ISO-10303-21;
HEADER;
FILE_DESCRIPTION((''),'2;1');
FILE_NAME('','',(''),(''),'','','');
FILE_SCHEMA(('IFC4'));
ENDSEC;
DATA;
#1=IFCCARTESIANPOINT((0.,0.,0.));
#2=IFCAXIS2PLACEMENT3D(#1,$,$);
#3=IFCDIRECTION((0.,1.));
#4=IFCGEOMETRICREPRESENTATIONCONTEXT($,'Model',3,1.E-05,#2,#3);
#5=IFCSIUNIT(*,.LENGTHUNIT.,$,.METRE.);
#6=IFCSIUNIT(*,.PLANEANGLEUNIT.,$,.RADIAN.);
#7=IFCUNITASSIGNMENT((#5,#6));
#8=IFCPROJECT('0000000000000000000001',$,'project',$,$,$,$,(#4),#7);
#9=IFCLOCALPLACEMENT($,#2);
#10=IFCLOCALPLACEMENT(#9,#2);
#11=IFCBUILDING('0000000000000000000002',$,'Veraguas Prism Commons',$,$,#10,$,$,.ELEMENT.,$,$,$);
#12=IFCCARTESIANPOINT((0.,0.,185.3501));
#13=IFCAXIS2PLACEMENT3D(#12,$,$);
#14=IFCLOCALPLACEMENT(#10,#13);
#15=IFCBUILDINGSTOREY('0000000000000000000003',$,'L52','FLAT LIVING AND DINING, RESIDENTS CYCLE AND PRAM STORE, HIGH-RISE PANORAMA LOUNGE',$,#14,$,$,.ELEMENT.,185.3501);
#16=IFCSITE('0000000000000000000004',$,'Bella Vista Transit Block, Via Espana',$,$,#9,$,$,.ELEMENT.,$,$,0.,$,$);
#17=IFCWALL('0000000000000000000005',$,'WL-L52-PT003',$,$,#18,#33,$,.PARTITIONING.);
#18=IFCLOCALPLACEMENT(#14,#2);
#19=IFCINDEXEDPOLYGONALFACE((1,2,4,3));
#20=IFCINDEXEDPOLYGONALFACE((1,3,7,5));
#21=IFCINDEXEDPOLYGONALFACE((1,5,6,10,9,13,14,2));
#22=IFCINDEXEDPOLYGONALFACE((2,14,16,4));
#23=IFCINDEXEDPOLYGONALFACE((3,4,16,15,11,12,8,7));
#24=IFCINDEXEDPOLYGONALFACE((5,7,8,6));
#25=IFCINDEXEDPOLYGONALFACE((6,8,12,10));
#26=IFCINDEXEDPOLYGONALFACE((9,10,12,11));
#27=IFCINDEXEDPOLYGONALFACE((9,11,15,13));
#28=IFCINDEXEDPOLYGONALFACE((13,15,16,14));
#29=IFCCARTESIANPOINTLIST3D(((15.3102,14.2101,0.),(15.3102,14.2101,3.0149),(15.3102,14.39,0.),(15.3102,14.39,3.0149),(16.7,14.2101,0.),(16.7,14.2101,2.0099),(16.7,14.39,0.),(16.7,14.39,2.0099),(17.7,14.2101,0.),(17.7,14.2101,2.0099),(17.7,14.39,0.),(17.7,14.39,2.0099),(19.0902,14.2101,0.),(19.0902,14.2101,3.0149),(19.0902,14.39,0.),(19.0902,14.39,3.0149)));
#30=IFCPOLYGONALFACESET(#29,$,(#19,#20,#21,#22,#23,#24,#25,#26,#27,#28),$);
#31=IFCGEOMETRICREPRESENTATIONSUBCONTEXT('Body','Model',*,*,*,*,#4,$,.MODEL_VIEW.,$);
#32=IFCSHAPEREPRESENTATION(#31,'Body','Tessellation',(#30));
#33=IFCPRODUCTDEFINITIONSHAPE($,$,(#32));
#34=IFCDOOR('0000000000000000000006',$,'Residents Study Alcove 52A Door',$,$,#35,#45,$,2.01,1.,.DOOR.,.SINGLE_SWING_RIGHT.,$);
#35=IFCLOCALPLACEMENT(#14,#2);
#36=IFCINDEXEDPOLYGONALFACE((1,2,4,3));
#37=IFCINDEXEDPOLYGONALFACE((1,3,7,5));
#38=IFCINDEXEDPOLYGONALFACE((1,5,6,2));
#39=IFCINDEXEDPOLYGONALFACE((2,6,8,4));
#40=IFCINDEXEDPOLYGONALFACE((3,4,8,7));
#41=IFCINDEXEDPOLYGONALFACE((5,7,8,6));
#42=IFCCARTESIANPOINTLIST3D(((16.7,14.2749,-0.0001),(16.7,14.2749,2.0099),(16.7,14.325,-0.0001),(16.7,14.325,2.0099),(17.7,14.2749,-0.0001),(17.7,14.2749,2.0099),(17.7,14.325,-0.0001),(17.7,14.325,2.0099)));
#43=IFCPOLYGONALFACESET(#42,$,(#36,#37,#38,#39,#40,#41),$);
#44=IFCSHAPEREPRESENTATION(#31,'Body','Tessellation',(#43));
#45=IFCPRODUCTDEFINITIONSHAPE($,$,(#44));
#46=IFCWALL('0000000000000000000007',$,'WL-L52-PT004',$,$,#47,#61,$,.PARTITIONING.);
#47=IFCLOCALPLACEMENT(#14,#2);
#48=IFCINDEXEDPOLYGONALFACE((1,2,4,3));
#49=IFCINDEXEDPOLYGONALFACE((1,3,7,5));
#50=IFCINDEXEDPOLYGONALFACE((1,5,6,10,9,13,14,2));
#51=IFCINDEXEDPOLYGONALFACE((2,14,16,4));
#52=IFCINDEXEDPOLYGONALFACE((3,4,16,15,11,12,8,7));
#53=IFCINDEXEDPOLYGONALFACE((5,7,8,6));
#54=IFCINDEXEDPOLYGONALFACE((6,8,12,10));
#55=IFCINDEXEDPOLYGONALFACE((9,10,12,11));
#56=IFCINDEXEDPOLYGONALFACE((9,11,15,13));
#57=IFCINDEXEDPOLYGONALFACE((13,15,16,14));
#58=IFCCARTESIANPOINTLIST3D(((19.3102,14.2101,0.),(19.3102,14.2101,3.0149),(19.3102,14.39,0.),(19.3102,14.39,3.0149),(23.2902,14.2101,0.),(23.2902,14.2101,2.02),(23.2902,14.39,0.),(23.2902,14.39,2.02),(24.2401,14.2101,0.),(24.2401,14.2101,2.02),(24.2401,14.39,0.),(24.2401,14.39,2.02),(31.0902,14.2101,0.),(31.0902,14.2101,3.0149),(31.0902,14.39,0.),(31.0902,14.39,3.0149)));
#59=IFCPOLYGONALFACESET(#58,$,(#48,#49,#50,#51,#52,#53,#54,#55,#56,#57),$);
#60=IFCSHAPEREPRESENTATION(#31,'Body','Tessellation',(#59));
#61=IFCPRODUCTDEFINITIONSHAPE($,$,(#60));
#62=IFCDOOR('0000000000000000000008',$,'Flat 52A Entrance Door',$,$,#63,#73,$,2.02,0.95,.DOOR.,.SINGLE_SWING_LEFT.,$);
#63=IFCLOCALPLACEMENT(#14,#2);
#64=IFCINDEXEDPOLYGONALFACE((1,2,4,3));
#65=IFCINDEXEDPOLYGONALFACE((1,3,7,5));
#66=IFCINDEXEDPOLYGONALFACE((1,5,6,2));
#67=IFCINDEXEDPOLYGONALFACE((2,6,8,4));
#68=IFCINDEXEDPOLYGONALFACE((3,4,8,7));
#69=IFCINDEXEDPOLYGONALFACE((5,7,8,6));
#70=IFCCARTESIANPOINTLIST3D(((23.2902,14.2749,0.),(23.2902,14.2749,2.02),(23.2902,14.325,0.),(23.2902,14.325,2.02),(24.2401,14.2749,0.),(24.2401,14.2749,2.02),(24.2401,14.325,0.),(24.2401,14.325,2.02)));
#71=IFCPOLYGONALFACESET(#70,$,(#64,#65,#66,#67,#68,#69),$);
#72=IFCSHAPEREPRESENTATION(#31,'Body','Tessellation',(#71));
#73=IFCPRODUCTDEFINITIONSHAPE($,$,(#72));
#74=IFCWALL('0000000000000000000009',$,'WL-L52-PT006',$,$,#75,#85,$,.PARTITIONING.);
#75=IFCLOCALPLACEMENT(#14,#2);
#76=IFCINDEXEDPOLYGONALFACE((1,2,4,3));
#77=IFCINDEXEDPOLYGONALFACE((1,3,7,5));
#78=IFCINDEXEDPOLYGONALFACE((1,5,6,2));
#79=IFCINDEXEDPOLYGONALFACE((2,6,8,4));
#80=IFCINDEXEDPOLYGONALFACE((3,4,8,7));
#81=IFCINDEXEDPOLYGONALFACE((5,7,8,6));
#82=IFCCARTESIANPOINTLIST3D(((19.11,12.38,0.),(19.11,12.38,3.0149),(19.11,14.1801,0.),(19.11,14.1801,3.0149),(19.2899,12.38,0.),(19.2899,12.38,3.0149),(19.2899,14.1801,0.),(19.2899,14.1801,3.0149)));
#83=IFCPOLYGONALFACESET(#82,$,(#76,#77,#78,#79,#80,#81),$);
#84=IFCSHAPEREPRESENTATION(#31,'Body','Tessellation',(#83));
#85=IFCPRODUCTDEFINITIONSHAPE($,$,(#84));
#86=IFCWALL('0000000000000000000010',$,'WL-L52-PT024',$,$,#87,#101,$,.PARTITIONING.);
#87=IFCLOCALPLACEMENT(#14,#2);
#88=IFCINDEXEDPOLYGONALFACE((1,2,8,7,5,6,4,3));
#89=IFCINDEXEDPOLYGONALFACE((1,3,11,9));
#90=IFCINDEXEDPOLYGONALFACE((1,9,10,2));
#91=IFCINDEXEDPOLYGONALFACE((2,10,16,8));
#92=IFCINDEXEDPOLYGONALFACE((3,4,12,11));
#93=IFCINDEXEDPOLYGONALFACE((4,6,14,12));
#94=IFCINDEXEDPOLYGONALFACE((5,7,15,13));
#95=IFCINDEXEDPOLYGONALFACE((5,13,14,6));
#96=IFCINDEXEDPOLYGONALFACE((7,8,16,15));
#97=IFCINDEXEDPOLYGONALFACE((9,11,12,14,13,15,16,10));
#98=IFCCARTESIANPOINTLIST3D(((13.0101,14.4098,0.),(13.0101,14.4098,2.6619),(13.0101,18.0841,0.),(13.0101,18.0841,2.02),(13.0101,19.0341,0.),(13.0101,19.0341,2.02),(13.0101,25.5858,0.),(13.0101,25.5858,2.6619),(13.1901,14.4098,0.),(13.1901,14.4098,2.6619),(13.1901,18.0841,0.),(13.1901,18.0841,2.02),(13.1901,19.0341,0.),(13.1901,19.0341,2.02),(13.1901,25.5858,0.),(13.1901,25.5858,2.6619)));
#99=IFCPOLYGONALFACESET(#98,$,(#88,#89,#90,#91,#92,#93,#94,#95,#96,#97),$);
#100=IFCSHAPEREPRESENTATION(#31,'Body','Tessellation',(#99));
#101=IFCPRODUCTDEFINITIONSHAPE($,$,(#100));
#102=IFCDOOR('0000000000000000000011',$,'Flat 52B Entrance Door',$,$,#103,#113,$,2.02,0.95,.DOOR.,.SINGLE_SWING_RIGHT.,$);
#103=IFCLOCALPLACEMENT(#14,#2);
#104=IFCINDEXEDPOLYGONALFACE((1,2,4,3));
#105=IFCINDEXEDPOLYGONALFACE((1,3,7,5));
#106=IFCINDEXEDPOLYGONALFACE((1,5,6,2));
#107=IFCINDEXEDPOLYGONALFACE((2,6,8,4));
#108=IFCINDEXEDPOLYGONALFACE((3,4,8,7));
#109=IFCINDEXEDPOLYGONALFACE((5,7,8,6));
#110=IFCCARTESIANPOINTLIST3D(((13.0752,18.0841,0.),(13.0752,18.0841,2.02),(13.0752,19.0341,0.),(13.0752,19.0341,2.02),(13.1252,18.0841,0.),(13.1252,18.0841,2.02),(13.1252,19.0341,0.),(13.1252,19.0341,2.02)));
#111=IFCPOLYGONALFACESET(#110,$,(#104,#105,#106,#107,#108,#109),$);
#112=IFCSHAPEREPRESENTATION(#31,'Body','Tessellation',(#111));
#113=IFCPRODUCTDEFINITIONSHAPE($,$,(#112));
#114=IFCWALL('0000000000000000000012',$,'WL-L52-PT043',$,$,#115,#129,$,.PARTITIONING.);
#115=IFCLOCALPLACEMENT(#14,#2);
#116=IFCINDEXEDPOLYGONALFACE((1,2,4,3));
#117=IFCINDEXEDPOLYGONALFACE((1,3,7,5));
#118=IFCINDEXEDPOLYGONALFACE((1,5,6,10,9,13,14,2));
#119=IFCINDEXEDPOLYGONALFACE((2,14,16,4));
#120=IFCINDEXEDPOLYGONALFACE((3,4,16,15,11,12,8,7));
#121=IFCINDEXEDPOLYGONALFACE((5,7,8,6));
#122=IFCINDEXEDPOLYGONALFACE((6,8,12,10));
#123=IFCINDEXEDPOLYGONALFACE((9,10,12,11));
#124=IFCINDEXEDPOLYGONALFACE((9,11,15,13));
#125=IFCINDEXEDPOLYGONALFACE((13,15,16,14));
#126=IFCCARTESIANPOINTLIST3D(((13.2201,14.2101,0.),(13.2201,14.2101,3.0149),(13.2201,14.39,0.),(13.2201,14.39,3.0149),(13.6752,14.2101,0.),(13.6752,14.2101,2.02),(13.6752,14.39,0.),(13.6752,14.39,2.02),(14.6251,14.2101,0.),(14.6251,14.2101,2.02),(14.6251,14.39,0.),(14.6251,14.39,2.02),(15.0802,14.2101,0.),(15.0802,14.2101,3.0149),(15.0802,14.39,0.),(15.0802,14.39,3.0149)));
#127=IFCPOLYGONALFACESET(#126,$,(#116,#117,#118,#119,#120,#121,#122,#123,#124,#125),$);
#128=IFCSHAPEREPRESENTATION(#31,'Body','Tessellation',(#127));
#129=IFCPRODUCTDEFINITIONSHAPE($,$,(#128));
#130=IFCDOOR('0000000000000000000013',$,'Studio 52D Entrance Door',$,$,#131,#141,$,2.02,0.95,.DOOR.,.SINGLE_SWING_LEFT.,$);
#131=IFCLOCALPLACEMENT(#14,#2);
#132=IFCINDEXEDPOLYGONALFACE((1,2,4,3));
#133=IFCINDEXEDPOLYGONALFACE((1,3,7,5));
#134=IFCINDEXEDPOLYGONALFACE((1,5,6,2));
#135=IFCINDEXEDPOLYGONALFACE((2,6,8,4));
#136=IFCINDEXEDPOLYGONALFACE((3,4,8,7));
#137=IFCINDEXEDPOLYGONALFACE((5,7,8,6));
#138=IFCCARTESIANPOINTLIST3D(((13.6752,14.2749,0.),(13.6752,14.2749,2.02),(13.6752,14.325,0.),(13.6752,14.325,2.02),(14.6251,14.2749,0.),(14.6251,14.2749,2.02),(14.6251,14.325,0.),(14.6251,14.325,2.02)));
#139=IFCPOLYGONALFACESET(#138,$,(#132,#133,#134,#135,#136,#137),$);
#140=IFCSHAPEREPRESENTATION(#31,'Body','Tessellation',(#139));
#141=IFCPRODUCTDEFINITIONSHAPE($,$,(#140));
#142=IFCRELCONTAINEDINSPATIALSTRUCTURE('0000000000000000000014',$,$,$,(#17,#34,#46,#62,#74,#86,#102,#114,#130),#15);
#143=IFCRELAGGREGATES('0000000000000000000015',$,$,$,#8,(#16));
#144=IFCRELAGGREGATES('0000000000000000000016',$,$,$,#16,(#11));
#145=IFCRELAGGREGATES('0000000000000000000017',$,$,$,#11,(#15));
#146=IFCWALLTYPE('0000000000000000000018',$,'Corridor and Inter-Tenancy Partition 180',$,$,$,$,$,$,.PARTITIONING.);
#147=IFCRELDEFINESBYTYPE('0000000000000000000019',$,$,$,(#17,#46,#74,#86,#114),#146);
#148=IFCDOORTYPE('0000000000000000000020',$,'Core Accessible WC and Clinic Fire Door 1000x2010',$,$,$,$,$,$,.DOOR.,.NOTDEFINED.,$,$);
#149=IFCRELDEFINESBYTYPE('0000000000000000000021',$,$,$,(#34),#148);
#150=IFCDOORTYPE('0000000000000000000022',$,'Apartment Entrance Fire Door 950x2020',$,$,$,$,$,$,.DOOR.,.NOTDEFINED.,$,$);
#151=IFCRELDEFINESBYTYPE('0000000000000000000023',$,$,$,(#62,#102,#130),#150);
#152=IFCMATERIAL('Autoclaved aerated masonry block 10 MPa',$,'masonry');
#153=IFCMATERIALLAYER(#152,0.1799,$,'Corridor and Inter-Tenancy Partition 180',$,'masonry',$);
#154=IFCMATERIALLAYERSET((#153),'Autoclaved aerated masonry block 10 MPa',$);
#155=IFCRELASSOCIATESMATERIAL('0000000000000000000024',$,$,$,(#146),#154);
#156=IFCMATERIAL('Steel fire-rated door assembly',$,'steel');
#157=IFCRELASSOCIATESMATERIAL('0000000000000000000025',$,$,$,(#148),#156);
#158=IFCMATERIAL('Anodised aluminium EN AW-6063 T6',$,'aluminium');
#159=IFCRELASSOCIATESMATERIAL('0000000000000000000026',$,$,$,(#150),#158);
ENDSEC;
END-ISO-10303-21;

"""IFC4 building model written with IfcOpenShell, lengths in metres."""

from ifc_helpers import new_model, si_unit, direction, frame, frame_2d, origin, place, context, subcontext, project, spatial, rectangle, extrude, source, transform, mapped, material, layer, layer_set, type_object, element, fill, save


model = new_model("IFC4")

# Units and contexts
model_context = context("Model", 3, precision=1e-05, world=origin(), true_north=direction((0.0, 1.0)))
body_context = subcontext(model_context, "Body", "Model", "MODEL_VIEW")
ifc_project = project(units=[si_unit("LENGTHUNIT", "METRE"), si_unit("PLANEANGLEUNIT", "RADIAN")], contexts=[model_context])

# Site, building, storey
site_placement = place(None, origin())
site = spatial("IfcSite", under=ifc_project, at=site_placement, Name="Bella Vista Transit Block, Via Espana", CompositionType="ELEMENT", RefElevation=0.0)
building_placement = place(site_placement, origin())
building = spatial("IfcBuilding", under=site, at=building_placement, Name="Veraguas Prism Commons", CompositionType="ELEMENT")
storey_placement = place(building_placement, frame((0.0, 0.0, 185.3501)))
storey = spatial("IfcBuildingStorey", under=building, at=storey_placement, Name="L52", Description="FLAT LIVING AND DINING, RESIDENTS CYCLE AND PRAM STORE, HIGH-RISE PANORAMA LOUNGE", CompositionType="ELEMENT", Elevation=185.3501)

# Shared definitions
ifc_material_1 = material(Name="Steel fire-rated door assembly", Category="steel")

# Shared definitions
ifc_material_2 = material(Name="Autoclaved aerated masonry block 10 MPa", Category="masonry")
ifc_layer_1 = layer(ifc_material_2, 0.1799, Name="Corridor and Inter-Tenancy Partition 180", Category="masonry")
ifc_layer_set_1 = layer_set([ifc_layer_1], Name="Autoclaved aerated masonry block 10 MPa")
wall_type_1 = type_object("IfcWallType", Name="Corridor and Inter-Tenancy Partition 180", PredefinedType="PARTITIONING", material=ifc_layer_set_1)

# Walls, openings, doors
wall_1_placement = place(storey_placement, frame((15.3101, 14.3, 0.0), z_axis=(0.0, 0.0, 1.0), x_axis=(1.0, 0.0, 0.0)))
wall_1 = element("IfcWall", 1, at=wall_1_placement, inside=storey, type_object=wall_type_1, Name="WL-L52-PT003", PredefinedType="PARTITIONING", context=body_context, shape_type="SweptSolid", body=[
    extrude(rectangle(XDim=3.78, YDim=0.1799, at=frame_2d((1.8901, 0.0))), origin(), (0.0, 0.0, 1.0), 3.0149),
])
opening_1_placement = place(wall_1_placement, frame((1.3899, 0.0, 0.0)))
opening_1 = element("IfcOpeningElement", 2, at=opening_1_placement, cuts=wall_1, PredefinedType="OPENING", context=body_context, shape_type="SweptSolid", body=[
    extrude(rectangle(XDim=1.0, YDim=2.01, at=frame_2d((0.5, 1.0049))), frame((0.0, 0.0999, 0.0), z_axis=(0.0, -1.0, 0.0), x_axis=(1.0, 0.0, 0.0)), (0.0, 0.0, 1.0), 0.2),
])
door_type_1 = type_object("IfcDoorType", Name="Core Accessible WC and Clinic Fire Door 1000x2010", OperationType="NOTDEFINED", PredefinedType="DOOR", material=ifc_material_1)
shared_shape_1 = source(origin(), body_context, "Body", "SweptSolid", [
    extrude(rectangle(XDim=1.0, YDim=2.01, at=frame_2d((0.5, 1.0049))), frame((0.0, 0.0249, 0.0), z_axis=(0.0, -1.0, 0.0), x_axis=(1.0, 0.0, 0.0)), (0.0, 0.0, 1.0), 0.05),
])
door_1_placement = place(opening_1_placement, origin())
door_1 = element("IfcDoor", 3, at=door_1_placement, inside=storey, type_object=door_type_1, Name="Residents Study Alcove 52A Door", OperationType="SINGLE_SWING_RIGHT", OverallHeight=2.01, OverallWidth=1.0, PredefinedType="DOOR", context=body_context, shape_type="MappedRepresentation", body=[
    mapped(shared_shape_1, transform((0.0, 0.0, 0.0), scale=1.0)),
])
fill(opening_1, door_1)
wall_2_placement = place(storey_placement, frame((19.3101, 14.3, 0.0), z_axis=(0.0, 0.0, 1.0), x_axis=(1.0, 0.0, 0.0)))
wall_2 = element("IfcWall", 4, at=wall_2_placement, inside=storey, type_object=wall_type_1, Name="WL-L52-PT004", PredefinedType="PARTITIONING", context=body_context, shape_type="SweptSolid", body=[
    extrude(rectangle(XDim=11.78, YDim=0.1799, at=frame_2d((5.8901, 0.0))), origin(), (0.0, 0.0, 1.0), 3.0149),
])
opening_2_placement = place(wall_2_placement, frame((3.98, 0.0, 0.0)))
opening_2 = element("IfcOpeningElement", 5, at=opening_2_placement, cuts=wall_2, PredefinedType="OPENING", context=body_context, shape_type="SweptSolid", body=[
    extrude(rectangle(XDim=0.95, YDim=2.02, at=frame_2d((0.4751, 1.01))), frame((0.0, 0.0999, 0.0), z_axis=(0.0, -1.0, 0.0), x_axis=(1.0, 0.0, 0.0)), (0.0, 0.0, 1.0), 0.2),
])
ifc_material_3 = material(Name="Anodised aluminium EN AW-6063 T6", Category="aluminium")
door_type_2 = type_object("IfcDoorType", Name="Apartment Entrance Fire Door 950x2020", OperationType="NOTDEFINED", PredefinedType="DOOR", material=ifc_material_3)
shared_shape_2 = source(origin(), body_context, "Body", "SweptSolid", [
    extrude(rectangle(XDim=0.95, YDim=2.02, at=frame_2d((0.4751, 1.01))), frame((0.0, 0.0249, 0.0), z_axis=(0.0, -1.0, 0.0), x_axis=(1.0, 0.0, 0.0)), (0.0, 0.0, 1.0), 0.05),
])
door_2_placement = place(opening_2_placement, origin())
door_2 = element("IfcDoor", 6, at=door_2_placement, inside=storey, type_object=door_type_2, Name="Flat 52A Entrance Door", OperationType="SINGLE_SWING_LEFT", OverallHeight=2.02, OverallWidth=0.95, PredefinedType="DOOR", context=body_context, shape_type="MappedRepresentation", body=[
    mapped(shared_shape_2, transform((0.0, 0.0, 0.0), scale=1.0)),
])
fill(opening_2, door_2)

# Wall
wall_3_placement = place(storey_placement, frame((19.2, 14.1799, 0.0), z_axis=(0.0, 0.0, 1.0), x_axis=(0.0, -1.0, 0.0)))
element("IfcWall", 7, at=wall_3_placement, inside=storey, type_object=wall_type_1, Name="WL-L52-PT006", PredefinedType="PARTITIONING", context=body_context, shape_type="SweptSolid", body=[
    extrude(rectangle(XDim=1.8, YDim=0.1799, at=frame_2d((0.8999, 0.0))), origin(), (0.0, 0.0, 1.0), 3.0149),
])

# Walls, openings, doors
wall_4_placement = place(storey_placement, frame((13.1001, 14.4099, 0.0), z_axis=(0.0, 0.0, 1.0), x_axis=(0.0, 1.0, 0.0)))
wall_4 = element("IfcWall", 8, at=wall_4_placement, inside=storey, type_object=wall_type_1, Name="WL-L52-PT024", PredefinedType="PARTITIONING", context=body_context, shape_type="SweptSolid", body=[
    extrude(rectangle(XDim=11.176, YDim=0.1799, at=frame_2d((5.5879, 0.0))), origin(), (0.0, 0.0, 1.0), 2.6619),
])
opening_3_placement = place(wall_4_placement, frame((3.6741, 0.0, 0.0)))
opening_3 = element("IfcOpeningElement", 9, at=opening_3_placement, cuts=wall_4, PredefinedType="OPENING", context=body_context, shape_type="SweptSolid", body=[
    extrude(rectangle(XDim=0.95, YDim=2.02, at=frame_2d((0.4751, 1.01))), frame((0.0, 0.0999, 0.0), z_axis=(0.0, -1.0, 0.0), x_axis=(1.0, 0.0, 0.0)), (0.0, 0.0, 1.0), 0.2),
])
door_3_placement = place(opening_3_placement, origin())
door_3 = element("IfcDoor", 10, at=door_3_placement, inside=storey, type_object=door_type_2, Name="Flat 52B Entrance Door", OperationType="SINGLE_SWING_RIGHT", OverallHeight=2.02, OverallWidth=0.95, PredefinedType="DOOR", context=body_context, shape_type="MappedRepresentation", body=[
    mapped(shared_shape_2, transform((0.0, 0.0, 0.0), scale=1.0)),
])
fill(opening_3, door_3)
wall_5_placement = place(storey_placement, frame((13.22, 14.3, 0.0), z_axis=(0.0, 0.0, 1.0), x_axis=(1.0, 0.0, 0.0)))
wall_5 = element("IfcWall", 11, at=wall_5_placement, inside=storey, type_object=wall_type_1, Name="WL-L52-PT043", PredefinedType="PARTITIONING", context=body_context, shape_type="SweptSolid", body=[
    extrude(rectangle(XDim=1.8601, YDim=0.1799, at=frame_2d((0.9302, 0.0))), origin(), (0.0, 0.0, 1.0), 3.0149),
])
opening_4_placement = place(wall_5_placement, frame((0.4551, 0.0, 0.0)))
opening_4 = element("IfcOpeningElement", 12, at=opening_4_placement, cuts=wall_5, PredefinedType="OPENING", context=body_context, shape_type="SweptSolid", body=[
    extrude(rectangle(XDim=0.95, YDim=2.02, at=frame_2d((0.4751, 1.01))), frame((0.0, 0.0999, 0.0), z_axis=(0.0, -1.0, 0.0), x_axis=(1.0, 0.0, 0.0)), (0.0, 0.0, 1.0), 0.2),
])
door_4_placement = place(opening_4_placement, origin())
door_4 = element("IfcDoor", 13, at=door_4_placement, inside=storey, type_object=door_type_2, Name="Studio 52D Entrance Door", OperationType="SINGLE_SWING_LEFT", OverallHeight=2.02, OverallWidth=0.95, PredefinedType="DOOR", context=body_context, shape_type="MappedRepresentation", body=[
    mapped(shared_shape_2, transform((0.0, 0.0, 0.0), scale=1.0)),
])
fill(opening_4, door_4)

save(model, "model.ifc")
